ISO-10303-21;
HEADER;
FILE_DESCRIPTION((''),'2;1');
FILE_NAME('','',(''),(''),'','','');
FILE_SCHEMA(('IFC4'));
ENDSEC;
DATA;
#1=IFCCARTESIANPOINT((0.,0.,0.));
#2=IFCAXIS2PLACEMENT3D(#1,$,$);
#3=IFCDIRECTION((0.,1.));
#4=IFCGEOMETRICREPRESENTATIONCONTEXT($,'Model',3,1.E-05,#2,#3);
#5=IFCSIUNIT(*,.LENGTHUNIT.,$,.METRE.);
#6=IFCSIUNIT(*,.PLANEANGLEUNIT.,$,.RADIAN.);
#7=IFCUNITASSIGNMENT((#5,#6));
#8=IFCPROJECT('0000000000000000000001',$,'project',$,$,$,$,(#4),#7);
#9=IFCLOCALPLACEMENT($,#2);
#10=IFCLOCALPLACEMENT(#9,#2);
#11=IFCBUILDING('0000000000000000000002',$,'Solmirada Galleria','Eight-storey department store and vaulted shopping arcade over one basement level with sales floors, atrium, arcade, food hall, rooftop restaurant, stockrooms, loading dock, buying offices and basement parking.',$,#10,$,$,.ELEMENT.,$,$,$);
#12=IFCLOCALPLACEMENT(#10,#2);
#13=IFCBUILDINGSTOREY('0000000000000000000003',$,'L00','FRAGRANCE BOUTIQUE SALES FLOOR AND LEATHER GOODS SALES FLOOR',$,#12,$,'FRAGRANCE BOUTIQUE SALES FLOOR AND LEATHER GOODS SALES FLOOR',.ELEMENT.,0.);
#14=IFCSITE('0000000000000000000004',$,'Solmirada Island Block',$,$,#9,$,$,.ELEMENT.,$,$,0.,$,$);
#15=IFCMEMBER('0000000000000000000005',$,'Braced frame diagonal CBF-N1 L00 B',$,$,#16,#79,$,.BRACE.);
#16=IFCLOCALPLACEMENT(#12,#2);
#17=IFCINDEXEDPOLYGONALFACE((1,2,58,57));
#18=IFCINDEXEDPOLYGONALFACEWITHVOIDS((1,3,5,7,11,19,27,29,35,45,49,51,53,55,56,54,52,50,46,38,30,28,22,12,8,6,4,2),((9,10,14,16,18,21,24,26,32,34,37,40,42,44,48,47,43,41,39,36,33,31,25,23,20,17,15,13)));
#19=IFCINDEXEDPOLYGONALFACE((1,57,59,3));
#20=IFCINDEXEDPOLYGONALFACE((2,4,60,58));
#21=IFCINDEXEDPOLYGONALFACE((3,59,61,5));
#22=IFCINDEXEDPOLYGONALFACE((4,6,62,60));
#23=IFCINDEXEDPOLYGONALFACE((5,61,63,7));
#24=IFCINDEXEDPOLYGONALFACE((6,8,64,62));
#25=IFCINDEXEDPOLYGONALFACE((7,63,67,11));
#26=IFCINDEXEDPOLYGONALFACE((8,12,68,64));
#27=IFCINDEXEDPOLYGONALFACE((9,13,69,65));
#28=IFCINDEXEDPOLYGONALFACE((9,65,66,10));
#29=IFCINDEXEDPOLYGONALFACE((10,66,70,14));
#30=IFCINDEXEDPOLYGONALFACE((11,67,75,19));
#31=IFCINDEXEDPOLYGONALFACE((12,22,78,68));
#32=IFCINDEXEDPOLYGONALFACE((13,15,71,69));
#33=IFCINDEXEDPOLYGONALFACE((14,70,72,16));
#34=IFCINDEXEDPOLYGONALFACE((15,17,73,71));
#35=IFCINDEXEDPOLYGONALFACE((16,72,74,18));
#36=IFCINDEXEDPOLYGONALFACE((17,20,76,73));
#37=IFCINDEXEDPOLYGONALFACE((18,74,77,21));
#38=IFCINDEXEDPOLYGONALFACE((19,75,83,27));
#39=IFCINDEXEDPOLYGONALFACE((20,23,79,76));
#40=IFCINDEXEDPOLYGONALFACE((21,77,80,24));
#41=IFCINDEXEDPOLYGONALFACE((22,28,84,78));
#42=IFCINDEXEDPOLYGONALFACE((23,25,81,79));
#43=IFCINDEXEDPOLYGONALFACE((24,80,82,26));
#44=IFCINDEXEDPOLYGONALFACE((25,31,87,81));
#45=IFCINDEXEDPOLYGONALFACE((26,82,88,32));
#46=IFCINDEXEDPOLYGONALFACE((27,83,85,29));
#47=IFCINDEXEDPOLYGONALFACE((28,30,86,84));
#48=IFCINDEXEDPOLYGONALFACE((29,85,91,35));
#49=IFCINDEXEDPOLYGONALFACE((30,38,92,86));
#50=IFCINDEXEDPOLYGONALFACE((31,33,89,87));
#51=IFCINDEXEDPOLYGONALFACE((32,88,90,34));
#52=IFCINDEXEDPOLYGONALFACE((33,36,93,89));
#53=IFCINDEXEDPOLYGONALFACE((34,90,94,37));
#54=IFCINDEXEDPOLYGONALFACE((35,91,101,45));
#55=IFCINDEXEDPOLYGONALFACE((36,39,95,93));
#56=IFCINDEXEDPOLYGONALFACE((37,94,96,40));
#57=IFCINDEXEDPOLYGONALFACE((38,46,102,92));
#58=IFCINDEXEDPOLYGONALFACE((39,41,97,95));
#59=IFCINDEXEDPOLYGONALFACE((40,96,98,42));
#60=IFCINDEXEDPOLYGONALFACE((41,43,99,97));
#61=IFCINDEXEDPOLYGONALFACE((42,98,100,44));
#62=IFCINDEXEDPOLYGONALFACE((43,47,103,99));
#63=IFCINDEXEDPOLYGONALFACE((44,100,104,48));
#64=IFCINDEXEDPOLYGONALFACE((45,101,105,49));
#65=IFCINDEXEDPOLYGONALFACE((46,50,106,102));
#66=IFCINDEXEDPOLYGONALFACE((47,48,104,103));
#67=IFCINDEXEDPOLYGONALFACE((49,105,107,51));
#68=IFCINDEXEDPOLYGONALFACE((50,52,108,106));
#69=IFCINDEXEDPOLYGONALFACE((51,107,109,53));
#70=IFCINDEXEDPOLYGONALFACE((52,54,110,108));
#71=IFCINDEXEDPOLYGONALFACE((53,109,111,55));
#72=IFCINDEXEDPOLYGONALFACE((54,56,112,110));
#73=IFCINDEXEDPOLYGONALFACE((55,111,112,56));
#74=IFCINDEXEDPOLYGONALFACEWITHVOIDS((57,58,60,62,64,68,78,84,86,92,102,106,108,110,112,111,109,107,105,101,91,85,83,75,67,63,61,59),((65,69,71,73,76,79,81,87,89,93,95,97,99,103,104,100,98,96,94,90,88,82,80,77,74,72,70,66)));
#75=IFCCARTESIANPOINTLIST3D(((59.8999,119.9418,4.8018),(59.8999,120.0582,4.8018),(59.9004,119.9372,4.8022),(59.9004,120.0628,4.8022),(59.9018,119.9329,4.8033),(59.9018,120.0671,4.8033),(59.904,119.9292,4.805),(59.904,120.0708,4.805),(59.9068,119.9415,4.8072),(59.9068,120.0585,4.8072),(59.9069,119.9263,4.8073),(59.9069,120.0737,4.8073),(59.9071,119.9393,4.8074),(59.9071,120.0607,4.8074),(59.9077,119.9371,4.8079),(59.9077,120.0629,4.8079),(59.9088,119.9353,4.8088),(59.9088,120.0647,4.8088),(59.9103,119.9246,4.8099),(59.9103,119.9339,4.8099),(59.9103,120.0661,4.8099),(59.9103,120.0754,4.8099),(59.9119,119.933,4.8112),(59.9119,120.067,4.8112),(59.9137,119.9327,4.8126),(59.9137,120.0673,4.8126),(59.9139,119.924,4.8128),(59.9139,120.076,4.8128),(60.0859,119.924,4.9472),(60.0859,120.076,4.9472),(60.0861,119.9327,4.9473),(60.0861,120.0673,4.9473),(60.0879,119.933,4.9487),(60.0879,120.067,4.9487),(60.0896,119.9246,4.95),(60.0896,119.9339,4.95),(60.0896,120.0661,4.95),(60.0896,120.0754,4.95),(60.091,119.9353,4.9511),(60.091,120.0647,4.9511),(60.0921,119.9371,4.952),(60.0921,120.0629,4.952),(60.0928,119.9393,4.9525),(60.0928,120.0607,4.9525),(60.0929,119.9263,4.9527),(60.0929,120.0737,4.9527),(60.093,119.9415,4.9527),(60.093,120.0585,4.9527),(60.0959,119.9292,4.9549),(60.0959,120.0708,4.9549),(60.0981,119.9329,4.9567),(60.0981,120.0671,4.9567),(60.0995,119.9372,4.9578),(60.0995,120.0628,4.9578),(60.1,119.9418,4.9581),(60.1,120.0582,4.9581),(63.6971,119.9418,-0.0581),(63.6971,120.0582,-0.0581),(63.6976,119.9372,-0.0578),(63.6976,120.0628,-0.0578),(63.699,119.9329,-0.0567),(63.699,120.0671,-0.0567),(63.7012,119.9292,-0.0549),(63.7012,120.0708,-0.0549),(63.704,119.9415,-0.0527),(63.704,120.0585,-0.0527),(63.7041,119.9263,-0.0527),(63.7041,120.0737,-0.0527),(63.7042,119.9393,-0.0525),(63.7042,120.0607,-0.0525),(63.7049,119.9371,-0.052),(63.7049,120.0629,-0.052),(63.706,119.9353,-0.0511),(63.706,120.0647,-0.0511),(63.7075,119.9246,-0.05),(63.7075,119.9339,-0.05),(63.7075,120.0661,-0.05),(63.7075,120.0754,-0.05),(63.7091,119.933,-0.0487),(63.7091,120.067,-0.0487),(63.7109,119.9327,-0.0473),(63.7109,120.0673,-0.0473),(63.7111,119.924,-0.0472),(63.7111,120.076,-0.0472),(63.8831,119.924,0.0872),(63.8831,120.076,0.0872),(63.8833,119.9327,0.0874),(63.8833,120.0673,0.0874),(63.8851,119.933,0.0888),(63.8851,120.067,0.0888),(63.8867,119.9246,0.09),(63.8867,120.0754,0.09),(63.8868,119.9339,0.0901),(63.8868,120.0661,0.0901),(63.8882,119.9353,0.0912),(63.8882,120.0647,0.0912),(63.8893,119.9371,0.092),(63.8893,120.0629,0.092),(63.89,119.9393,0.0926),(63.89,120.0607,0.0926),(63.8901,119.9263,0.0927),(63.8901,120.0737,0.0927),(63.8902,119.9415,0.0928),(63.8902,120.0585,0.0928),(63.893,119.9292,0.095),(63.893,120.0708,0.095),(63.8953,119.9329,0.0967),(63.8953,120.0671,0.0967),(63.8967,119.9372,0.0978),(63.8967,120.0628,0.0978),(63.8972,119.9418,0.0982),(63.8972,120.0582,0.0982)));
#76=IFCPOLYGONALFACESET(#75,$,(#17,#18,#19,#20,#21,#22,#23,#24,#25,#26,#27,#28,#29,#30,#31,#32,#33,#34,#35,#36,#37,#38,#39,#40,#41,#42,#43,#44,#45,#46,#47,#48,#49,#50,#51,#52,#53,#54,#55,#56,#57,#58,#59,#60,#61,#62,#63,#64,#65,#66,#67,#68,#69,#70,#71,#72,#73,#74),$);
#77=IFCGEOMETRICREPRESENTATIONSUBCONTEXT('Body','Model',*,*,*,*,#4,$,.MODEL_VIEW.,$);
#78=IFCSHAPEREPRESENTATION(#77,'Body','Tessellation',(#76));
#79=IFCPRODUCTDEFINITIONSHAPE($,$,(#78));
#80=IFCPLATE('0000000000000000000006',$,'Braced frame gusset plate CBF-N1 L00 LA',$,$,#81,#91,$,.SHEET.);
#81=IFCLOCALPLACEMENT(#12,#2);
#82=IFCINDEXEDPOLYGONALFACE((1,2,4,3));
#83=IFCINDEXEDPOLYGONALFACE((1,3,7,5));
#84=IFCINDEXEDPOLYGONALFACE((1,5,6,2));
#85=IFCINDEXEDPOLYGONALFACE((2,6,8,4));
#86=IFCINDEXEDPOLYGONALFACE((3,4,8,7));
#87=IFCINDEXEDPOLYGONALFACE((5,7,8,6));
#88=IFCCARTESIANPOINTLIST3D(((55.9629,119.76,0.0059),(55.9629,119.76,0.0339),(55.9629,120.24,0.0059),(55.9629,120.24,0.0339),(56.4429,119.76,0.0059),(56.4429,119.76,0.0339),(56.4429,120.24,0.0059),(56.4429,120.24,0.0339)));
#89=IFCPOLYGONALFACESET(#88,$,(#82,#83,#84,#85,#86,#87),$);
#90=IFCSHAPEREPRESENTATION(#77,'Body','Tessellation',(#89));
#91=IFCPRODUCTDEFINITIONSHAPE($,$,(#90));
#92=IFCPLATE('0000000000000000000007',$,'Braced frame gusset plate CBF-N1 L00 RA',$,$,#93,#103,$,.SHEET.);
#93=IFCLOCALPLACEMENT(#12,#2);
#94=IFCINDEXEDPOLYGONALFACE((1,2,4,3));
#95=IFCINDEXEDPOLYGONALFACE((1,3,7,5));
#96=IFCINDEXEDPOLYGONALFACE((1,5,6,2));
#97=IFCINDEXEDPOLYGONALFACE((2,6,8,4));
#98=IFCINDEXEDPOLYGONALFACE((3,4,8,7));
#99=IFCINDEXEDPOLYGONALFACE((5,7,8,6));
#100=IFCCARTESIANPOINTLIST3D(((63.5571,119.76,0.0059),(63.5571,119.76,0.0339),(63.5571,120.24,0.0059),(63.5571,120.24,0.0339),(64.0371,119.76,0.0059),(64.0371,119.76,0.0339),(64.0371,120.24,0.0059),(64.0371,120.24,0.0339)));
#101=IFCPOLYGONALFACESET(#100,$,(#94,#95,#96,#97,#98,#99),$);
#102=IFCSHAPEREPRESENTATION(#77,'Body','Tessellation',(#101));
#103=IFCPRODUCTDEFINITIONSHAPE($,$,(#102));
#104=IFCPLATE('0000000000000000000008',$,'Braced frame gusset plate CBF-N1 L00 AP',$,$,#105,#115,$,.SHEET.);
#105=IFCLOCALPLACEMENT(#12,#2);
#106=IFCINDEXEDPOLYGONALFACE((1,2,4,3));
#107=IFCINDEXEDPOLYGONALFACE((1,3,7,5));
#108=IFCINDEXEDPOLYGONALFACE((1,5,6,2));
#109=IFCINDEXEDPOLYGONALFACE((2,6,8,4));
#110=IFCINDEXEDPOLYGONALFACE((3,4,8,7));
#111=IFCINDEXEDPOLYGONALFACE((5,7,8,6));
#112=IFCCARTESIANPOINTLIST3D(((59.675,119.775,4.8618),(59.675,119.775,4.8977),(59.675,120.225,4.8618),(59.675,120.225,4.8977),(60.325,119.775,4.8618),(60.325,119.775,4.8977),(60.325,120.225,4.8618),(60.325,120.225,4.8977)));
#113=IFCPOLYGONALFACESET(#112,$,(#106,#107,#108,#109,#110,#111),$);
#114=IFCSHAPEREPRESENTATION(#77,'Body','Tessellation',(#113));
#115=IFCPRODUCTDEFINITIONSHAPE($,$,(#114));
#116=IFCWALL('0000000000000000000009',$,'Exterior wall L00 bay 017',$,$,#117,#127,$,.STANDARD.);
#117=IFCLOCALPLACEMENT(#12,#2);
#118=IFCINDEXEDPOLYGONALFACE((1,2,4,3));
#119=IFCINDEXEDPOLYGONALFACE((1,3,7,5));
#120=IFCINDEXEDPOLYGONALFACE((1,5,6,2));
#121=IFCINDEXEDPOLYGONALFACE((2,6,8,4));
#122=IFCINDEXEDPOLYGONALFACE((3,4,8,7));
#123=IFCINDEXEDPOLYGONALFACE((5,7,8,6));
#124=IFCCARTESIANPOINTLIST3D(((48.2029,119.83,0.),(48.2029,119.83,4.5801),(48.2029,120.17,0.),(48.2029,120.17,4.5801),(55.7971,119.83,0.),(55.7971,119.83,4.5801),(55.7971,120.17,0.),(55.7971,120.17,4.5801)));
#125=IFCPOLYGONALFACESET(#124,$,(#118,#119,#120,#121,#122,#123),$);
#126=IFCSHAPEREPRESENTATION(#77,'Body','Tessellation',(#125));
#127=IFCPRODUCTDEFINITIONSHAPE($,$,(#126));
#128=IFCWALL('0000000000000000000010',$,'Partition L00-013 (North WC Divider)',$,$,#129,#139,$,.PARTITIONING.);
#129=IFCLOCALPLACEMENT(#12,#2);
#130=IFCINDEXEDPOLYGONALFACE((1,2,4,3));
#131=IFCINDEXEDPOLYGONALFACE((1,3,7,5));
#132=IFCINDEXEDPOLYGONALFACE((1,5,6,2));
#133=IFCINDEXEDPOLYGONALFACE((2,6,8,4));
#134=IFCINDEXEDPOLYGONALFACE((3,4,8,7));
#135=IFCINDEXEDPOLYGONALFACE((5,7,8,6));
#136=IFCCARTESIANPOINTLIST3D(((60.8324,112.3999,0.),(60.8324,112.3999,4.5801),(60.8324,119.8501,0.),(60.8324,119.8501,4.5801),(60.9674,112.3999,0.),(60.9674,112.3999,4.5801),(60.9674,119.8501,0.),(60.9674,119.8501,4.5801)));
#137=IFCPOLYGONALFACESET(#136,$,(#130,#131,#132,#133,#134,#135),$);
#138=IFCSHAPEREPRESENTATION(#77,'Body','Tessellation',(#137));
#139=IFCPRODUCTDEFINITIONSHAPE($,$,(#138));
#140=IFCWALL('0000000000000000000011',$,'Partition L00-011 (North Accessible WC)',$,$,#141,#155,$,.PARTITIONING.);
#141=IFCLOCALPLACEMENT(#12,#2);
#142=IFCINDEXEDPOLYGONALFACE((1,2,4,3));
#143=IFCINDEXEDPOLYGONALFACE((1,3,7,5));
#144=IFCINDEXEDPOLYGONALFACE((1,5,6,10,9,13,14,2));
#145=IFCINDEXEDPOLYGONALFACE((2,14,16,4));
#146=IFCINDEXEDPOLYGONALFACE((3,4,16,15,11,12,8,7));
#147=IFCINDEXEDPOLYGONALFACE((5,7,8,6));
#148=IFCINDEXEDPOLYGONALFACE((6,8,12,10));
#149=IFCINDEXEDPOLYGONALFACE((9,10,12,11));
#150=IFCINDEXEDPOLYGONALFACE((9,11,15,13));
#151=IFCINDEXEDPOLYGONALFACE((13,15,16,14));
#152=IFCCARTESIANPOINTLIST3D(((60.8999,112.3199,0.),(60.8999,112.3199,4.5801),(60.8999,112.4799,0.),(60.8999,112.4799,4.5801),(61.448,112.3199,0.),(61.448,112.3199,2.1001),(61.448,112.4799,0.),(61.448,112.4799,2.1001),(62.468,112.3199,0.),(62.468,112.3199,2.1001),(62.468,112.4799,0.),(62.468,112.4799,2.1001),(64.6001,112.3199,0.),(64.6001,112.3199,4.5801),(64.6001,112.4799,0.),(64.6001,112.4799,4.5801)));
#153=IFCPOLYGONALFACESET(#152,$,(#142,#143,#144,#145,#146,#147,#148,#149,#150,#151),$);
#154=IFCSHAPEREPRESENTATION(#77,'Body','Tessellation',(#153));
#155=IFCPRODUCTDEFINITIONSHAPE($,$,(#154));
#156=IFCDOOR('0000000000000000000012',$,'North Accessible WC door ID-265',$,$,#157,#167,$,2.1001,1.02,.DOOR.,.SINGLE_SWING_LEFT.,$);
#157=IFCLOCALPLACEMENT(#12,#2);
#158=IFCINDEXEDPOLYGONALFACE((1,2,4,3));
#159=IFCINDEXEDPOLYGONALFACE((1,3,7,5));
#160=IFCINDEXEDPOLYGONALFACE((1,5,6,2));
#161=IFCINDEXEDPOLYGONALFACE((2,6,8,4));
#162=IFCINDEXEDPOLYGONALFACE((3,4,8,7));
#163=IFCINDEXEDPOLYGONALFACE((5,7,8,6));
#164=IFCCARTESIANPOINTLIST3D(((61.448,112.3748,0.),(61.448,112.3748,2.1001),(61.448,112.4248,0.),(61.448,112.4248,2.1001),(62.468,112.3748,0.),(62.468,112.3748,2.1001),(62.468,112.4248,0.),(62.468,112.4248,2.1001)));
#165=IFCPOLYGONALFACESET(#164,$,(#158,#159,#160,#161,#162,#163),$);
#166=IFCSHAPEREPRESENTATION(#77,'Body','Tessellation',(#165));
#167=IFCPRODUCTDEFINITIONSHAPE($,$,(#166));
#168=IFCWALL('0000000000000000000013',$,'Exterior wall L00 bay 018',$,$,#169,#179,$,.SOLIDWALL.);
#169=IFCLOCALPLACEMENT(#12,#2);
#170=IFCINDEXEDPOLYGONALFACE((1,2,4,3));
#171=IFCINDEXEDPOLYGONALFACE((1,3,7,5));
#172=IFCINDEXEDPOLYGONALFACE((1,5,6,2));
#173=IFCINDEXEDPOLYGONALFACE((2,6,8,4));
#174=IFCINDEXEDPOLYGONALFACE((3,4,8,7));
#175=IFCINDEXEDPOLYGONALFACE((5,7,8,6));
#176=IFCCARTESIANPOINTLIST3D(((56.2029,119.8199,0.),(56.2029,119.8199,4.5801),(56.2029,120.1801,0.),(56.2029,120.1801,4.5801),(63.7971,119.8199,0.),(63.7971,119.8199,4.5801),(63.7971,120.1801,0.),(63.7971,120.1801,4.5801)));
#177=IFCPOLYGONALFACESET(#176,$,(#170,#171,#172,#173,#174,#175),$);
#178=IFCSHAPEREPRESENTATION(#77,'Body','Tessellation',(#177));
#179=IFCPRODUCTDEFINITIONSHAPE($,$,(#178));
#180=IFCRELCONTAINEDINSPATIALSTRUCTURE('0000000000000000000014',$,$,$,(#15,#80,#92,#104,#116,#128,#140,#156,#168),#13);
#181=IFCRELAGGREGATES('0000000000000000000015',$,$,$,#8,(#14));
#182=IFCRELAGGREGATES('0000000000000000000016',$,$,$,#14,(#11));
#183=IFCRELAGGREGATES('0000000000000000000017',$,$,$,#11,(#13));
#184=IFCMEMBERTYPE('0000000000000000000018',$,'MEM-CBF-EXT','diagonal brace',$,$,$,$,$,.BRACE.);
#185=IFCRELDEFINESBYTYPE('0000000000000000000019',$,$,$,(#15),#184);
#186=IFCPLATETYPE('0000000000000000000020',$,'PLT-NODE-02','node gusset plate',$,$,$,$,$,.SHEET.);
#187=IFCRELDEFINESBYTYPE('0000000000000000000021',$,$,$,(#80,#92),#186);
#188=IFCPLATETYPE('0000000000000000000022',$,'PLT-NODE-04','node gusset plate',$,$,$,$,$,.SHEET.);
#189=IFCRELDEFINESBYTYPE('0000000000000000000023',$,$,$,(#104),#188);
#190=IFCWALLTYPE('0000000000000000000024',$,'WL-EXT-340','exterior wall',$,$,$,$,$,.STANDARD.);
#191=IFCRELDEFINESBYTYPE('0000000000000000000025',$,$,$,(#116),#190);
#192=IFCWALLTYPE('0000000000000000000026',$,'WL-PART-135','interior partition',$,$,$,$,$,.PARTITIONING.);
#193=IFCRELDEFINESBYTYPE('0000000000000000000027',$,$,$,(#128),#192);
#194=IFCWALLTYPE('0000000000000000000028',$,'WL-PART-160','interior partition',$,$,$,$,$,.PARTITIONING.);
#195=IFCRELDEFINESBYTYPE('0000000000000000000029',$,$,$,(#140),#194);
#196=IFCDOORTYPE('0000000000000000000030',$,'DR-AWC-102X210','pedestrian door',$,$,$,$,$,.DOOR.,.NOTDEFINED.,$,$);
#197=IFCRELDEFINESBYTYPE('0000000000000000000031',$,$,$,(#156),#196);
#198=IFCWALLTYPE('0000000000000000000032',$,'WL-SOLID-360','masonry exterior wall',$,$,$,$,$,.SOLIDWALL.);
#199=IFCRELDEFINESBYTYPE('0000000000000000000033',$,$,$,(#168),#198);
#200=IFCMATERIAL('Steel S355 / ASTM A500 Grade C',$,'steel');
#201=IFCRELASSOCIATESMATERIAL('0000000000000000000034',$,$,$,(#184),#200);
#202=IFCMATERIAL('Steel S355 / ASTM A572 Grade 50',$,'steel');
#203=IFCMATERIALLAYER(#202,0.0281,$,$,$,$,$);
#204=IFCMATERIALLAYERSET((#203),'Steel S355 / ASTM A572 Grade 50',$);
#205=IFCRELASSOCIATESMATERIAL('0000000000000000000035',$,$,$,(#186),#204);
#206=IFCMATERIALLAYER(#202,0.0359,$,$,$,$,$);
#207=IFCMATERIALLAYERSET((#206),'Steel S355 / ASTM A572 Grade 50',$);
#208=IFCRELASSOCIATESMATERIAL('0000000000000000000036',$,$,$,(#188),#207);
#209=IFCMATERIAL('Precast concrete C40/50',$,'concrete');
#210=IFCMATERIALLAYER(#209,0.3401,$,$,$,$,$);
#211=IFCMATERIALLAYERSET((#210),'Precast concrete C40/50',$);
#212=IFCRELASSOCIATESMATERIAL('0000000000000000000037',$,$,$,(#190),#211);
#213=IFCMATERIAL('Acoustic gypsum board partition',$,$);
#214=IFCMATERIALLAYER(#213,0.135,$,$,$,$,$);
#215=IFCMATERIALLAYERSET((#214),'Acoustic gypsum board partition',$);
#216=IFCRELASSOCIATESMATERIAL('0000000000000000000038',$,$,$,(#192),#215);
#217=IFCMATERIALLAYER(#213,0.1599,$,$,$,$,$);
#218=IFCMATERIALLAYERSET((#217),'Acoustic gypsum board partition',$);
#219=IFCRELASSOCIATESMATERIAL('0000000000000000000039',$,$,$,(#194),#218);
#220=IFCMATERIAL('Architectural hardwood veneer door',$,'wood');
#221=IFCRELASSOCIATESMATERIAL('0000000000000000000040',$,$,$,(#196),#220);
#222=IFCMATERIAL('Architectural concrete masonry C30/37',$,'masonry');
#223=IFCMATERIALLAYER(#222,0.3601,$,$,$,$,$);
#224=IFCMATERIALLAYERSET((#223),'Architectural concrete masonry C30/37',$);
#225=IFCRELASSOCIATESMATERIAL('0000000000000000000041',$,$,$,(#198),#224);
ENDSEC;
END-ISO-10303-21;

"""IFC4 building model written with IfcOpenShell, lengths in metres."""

from ifc_helpers import new_model, si_unit, direction, frame, frame_2d, origin, origin_2d, place, context, subcontext, project, spatial, rectangle, hollow_rectangle, extrude, material, layer, layer_set, material_profile, profile_set, type_object, element, fill, save


model = new_model("IFC4")

# Units and contexts
model_context = context("Model", 3, precision=1e-05, world=origin(), true_north=direction((0.0, 1.0)))
body_context = subcontext(model_context, "Body", "Model", "MODEL_VIEW")
ifc_project = project(units=[si_unit("LENGTHUNIT", "METRE"), si_unit("PLANEANGLEUNIT", "RADIAN")], contexts=[model_context])

# Site, building, storey
site_placement = place(None, origin())
site = spatial("IfcSite", under=ifc_project, at=site_placement, Name="Solmirada Island Block", CompositionType="ELEMENT", RefElevation=0.0)
building_placement = place(site_placement, origin())
building = spatial("IfcBuilding", under=site, at=building_placement, Name="Solmirada Galleria", Description="Eight-storey department store and vaulted shopping arcade over one basement level with sales floors, atrium, arcade, food hall, rooftop restaurant, stockrooms, loading dock, buying offices and basement parking.", CompositionType="ELEMENT")
storey_placement = place(building_placement, origin())
storey = spatial("IfcBuildingStorey", under=building, at=storey_placement, Name="L00", Description="FRAGRANCE BOUTIQUE SALES FLOOR AND LEATHER GOODS SALES FLOOR", LongName="FRAGRANCE BOUTIQUE SALES FLOOR AND LEATHER GOODS SALES FLOOR", CompositionType="ELEMENT", Elevation=0.0)

# Shared definitions
ifc_material_1 = material(Name="Steel S355 / ASTM A500 Grade C", Category="steel")
ifc_material_2 = material(Name="Precast concrete C40/50", Category="concrete")

# Member
ifc_material_profile_1 = material_profile(ifc_material_1, hollow_rectangle(XDim=0.1521, YDim=0.2539, WallThickness=0.0088, InnerFilletRadius=0.0088, OuterFilletRadius=0.0178, at=origin_2d()), Name="HSS10X6X3/8")
ifc_profile_set_1 = profile_set([ifc_material_profile_1], Name="Steel S355 / ASTM A500 Grade C")
member_type = type_object("IfcMemberType", Name="MEM-CBF-EXT", Description="diagonal brace", PredefinedType="BRACE", material=ifc_profile_set_1)
for number, where, z_axis, x_axis, name in (
    (1, (63.7971, 120.0, 0.02), (-0.615679, 0.0, 0.787997), (0.0, -1.0, 0.0), "Braced frame diagonal CBF-N1 L00 B"),
):
    element("IfcMember", number, at=place(storey_placement, frame(where, z_axis=z_axis, x_axis=x_axis)), inside=storey, type_object=member_type, Name=name, PredefinedType="BRACE", context=body_context, shape_type="SweptSolid", body=[
        extrude(hollow_rectangle(XDim=0.1521, YDim=0.2539, WallThickness=0.0088, InnerFilletRadius=0.0088, OuterFilletRadius=0.0178, at=origin_2d()), origin(), (0.0, 0.0, 1.0), 6.1675),
    ])

# Plates
ifc_material_3 = material(Name="Steel S355 / ASTM A572 Grade 50", Category="steel")
ifc_layer_1 = layer(ifc_material_3, 0.0281)
ifc_layer_set_1 = layer_set([ifc_layer_1], Name="Steel S355 / ASTM A572 Grade 50")
plate_type_1 = type_object("IfcPlateType", Name="PLT-NODE-02", Description="node gusset plate", PredefinedType="SHEET", material=ifc_layer_set_1)
for number, where, z_axis, x_axis, name in (
    (2, (56.2029, 120.0, 0.0059), (0.0, 0.0, 1.0), (1.0, 0.0, 0.0), "Braced frame gusset plate CBF-N1 L00 LA"),
    (3, (63.7971, 120.0, 0.0059), (0.0, 0.0, 1.0), (1.0, 0.0, 0.0), "Braced frame gusset plate CBF-N1 L00 RA"),
):
    element("IfcPlate", number, at=place(storey_placement, frame(where, z_axis=z_axis, x_axis=x_axis)), inside=storey, type_object=plate_type_1, Name=name, PredefinedType="SHEET", context=body_context, shape_type="SweptSolid", body=[
        extrude(rectangle(XDim=0.48, YDim=0.48, at=origin_2d()), origin(), (0.0, 0.0, 1.0), 0.0281),
    ])
ifc_layer_2 = layer(ifc_material_3, 0.0359)
ifc_layer_set_2 = layer_set([ifc_layer_2], Name="Steel S355 / ASTM A572 Grade 50")
plate_type_2 = type_object("IfcPlateType", Name="PLT-NODE-04", Description="node gusset plate", PredefinedType="SHEET", material=ifc_layer_set_2)
plate_placement = place(storey_placement, frame((60.0, 120.0, 4.8618), z_axis=(0.0, 0.0, 1.0), x_axis=(1.0, 0.0, 0.0)))
element("IfcPlate", 4, at=plate_placement, inside=storey, type_object=plate_type_2, Name="Braced frame gusset plate CBF-N1 L00 AP", PredefinedType="SHEET", context=body_context, shape_type="SweptSolid", body=[
    extrude(rectangle(XDim=0.6499, YDim=0.45, at=origin_2d()), origin(), (0.0, 0.0, 1.0), 0.0359),
])

# Walls
ifc_layer_3 = layer(ifc_material_2, 0.3401)
ifc_layer_set_3 = layer_set([ifc_layer_3], Name="Precast concrete C40/50")
wall_type_1 = type_object("IfcWallType", Name="WL-EXT-340", Description="exterior wall", PredefinedType="STANDARD", material=ifc_layer_set_3)
wall_1_placement = place(storey_placement, frame((48.2029, 120.0, 0.0), z_axis=(0.0, 0.0, 1.0), x_axis=(1.0, 0.0, 0.0)))
element("IfcWall", 5, at=wall_1_placement, inside=storey, type_object=wall_type_1, Name="Exterior wall L00 bay 017", PredefinedType="STANDARD", context=body_context, shape_type="SweptSolid", body=[
    extrude(rectangle(XDim=7.5942, YDim=0.3401, at=frame_2d((3.7971, 0.0))), origin(), (0.0, 0.0, 1.0), 4.5801),
])
ifc_material_4 = material(Name="Acoustic gypsum board partition")
ifc_layer_4 = layer(ifc_material_4, 0.135)
ifc_layer_set_4 = layer_set([ifc_layer_4], Name="Acoustic gypsum board partition")
wall_type_2 = type_object("IfcWallType", Name="WL-PART-135", Description="interior partition", PredefinedType="PARTITIONING", material=ifc_layer_set_4)
wall_2_placement = place(storey_placement, frame((60.8999, 112.3999, 0.0), z_axis=(0.0, 0.0, 1.0), x_axis=(0.0, 1.0, 0.0)))
element("IfcWall", 6, at=wall_2_placement, inside=storey, type_object=wall_type_2, Name="Partition L00-013 (North WC Divider)", PredefinedType="PARTITIONING", context=body_context, shape_type="SweptSolid", body=[
    extrude(rectangle(XDim=7.4502, YDim=0.135, at=frame_2d((3.7251, 0.0))), origin(), (0.0, 0.0, 1.0), 4.5801),
])

# Wall, opening, door
ifc_layer_5 = layer(ifc_material_4, 0.1599)
ifc_layer_set_5 = layer_set([ifc_layer_5], Name="Acoustic gypsum board partition")
wall_type_3 = type_object("IfcWallType", Name="WL-PART-160", Description="interior partition", PredefinedType="PARTITIONING", material=ifc_layer_set_5)
wall_3_placement = place(storey_placement, frame((60.8999, 112.3999, 0.0), z_axis=(0.0, 0.0, 1.0), x_axis=(1.0, 0.0, 0.0)))
wall_3 = element("IfcWall", 7, at=wall_3_placement, inside=storey, type_object=wall_type_3, Name="Partition L00-011 (North Accessible WC)", PredefinedType="PARTITIONING", context=body_context, shape_type="SweptSolid", body=[
    extrude(rectangle(XDim=3.7002, YDim=0.1599, at=frame_2d((1.8501, 0.0))), origin(), (0.0, 0.0, 1.0), 4.5801),
])
opening_placement = place(wall_3_placement, frame((0.5481, 0.0, 0.0)))
opening = element("IfcOpeningElement", 8, at=opening_placement, cuts=wall_3, PredefinedType="OPENING", context=body_context, shape_type="SweptSolid", body=[
    extrude(rectangle(XDim=1.02, YDim=2.1001, at=frame_2d((0.51, 1.05))), frame((0.0, 0.0898, 0.0), z_axis=(0.0, -1.0, 0.0), x_axis=(1.0, 0.0, 0.0)), (0.0, 0.0, 1.0), 0.1799),
])
ifc_material_5 = material(Name="Architectural hardwood veneer door", Category="wood")
door_type = type_object("IfcDoorType", Name="DR-AWC-102X210", Description="pedestrian door", OperationType="NOTDEFINED", PredefinedType="DOOR", material=ifc_material_5)
door_placement = place(opening_placement, origin())
door = element("IfcDoor", 9, at=door_placement, inside=storey, type_object=door_type, Name="North Accessible WC door ID-265", OperationType="SINGLE_SWING_LEFT", OverallHeight=2.1001, OverallWidth=1.02, PredefinedType="DOOR", context=body_context, shape_type="SweptSolid", body=[
    extrude(rectangle(XDim=1.02, YDim=2.1001, at=frame_2d((0.51, 1.05))), frame((0.0, 0.0249, 0.0), z_axis=(0.0, -1.0, 0.0), x_axis=(1.0, 0.0, 0.0)), (0.0, 0.0, 1.0), 0.05),
])
fill(opening, door)

# Wall
ifc_material_6 = material(Name="Architectural concrete masonry C30/37", Category="masonry")
ifc_layer_6 = layer(ifc_material_6, 0.3601)
ifc_layer_set_6 = layer_set([ifc_layer_6], Name="Architectural concrete masonry C30/37")
wall_type_4 = type_object("IfcWallType", Name="WL-SOLID-360", Description="masonry exterior wall", PredefinedType="SOLIDWALL", material=ifc_layer_set_6)
wall_4_placement = place(storey_placement, frame((56.2029, 120.0, 0.0), z_axis=(0.0, 0.0, 1.0), x_axis=(1.0, 0.0, 0.0)))
element("IfcWall", 10, at=wall_4_placement, inside=storey, type_object=wall_type_4, Name="Exterior wall L00 bay 018", PredefinedType="SOLIDWALL", context=body_context, shape_type="SweptSolid", body=[
    extrude(rectangle(XDim=7.5942, YDim=0.3601, at=frame_2d((3.7971, 0.0))), origin(), (0.0, 0.0, 1.0), 4.5801),
])

save(model, "model.ifc")
